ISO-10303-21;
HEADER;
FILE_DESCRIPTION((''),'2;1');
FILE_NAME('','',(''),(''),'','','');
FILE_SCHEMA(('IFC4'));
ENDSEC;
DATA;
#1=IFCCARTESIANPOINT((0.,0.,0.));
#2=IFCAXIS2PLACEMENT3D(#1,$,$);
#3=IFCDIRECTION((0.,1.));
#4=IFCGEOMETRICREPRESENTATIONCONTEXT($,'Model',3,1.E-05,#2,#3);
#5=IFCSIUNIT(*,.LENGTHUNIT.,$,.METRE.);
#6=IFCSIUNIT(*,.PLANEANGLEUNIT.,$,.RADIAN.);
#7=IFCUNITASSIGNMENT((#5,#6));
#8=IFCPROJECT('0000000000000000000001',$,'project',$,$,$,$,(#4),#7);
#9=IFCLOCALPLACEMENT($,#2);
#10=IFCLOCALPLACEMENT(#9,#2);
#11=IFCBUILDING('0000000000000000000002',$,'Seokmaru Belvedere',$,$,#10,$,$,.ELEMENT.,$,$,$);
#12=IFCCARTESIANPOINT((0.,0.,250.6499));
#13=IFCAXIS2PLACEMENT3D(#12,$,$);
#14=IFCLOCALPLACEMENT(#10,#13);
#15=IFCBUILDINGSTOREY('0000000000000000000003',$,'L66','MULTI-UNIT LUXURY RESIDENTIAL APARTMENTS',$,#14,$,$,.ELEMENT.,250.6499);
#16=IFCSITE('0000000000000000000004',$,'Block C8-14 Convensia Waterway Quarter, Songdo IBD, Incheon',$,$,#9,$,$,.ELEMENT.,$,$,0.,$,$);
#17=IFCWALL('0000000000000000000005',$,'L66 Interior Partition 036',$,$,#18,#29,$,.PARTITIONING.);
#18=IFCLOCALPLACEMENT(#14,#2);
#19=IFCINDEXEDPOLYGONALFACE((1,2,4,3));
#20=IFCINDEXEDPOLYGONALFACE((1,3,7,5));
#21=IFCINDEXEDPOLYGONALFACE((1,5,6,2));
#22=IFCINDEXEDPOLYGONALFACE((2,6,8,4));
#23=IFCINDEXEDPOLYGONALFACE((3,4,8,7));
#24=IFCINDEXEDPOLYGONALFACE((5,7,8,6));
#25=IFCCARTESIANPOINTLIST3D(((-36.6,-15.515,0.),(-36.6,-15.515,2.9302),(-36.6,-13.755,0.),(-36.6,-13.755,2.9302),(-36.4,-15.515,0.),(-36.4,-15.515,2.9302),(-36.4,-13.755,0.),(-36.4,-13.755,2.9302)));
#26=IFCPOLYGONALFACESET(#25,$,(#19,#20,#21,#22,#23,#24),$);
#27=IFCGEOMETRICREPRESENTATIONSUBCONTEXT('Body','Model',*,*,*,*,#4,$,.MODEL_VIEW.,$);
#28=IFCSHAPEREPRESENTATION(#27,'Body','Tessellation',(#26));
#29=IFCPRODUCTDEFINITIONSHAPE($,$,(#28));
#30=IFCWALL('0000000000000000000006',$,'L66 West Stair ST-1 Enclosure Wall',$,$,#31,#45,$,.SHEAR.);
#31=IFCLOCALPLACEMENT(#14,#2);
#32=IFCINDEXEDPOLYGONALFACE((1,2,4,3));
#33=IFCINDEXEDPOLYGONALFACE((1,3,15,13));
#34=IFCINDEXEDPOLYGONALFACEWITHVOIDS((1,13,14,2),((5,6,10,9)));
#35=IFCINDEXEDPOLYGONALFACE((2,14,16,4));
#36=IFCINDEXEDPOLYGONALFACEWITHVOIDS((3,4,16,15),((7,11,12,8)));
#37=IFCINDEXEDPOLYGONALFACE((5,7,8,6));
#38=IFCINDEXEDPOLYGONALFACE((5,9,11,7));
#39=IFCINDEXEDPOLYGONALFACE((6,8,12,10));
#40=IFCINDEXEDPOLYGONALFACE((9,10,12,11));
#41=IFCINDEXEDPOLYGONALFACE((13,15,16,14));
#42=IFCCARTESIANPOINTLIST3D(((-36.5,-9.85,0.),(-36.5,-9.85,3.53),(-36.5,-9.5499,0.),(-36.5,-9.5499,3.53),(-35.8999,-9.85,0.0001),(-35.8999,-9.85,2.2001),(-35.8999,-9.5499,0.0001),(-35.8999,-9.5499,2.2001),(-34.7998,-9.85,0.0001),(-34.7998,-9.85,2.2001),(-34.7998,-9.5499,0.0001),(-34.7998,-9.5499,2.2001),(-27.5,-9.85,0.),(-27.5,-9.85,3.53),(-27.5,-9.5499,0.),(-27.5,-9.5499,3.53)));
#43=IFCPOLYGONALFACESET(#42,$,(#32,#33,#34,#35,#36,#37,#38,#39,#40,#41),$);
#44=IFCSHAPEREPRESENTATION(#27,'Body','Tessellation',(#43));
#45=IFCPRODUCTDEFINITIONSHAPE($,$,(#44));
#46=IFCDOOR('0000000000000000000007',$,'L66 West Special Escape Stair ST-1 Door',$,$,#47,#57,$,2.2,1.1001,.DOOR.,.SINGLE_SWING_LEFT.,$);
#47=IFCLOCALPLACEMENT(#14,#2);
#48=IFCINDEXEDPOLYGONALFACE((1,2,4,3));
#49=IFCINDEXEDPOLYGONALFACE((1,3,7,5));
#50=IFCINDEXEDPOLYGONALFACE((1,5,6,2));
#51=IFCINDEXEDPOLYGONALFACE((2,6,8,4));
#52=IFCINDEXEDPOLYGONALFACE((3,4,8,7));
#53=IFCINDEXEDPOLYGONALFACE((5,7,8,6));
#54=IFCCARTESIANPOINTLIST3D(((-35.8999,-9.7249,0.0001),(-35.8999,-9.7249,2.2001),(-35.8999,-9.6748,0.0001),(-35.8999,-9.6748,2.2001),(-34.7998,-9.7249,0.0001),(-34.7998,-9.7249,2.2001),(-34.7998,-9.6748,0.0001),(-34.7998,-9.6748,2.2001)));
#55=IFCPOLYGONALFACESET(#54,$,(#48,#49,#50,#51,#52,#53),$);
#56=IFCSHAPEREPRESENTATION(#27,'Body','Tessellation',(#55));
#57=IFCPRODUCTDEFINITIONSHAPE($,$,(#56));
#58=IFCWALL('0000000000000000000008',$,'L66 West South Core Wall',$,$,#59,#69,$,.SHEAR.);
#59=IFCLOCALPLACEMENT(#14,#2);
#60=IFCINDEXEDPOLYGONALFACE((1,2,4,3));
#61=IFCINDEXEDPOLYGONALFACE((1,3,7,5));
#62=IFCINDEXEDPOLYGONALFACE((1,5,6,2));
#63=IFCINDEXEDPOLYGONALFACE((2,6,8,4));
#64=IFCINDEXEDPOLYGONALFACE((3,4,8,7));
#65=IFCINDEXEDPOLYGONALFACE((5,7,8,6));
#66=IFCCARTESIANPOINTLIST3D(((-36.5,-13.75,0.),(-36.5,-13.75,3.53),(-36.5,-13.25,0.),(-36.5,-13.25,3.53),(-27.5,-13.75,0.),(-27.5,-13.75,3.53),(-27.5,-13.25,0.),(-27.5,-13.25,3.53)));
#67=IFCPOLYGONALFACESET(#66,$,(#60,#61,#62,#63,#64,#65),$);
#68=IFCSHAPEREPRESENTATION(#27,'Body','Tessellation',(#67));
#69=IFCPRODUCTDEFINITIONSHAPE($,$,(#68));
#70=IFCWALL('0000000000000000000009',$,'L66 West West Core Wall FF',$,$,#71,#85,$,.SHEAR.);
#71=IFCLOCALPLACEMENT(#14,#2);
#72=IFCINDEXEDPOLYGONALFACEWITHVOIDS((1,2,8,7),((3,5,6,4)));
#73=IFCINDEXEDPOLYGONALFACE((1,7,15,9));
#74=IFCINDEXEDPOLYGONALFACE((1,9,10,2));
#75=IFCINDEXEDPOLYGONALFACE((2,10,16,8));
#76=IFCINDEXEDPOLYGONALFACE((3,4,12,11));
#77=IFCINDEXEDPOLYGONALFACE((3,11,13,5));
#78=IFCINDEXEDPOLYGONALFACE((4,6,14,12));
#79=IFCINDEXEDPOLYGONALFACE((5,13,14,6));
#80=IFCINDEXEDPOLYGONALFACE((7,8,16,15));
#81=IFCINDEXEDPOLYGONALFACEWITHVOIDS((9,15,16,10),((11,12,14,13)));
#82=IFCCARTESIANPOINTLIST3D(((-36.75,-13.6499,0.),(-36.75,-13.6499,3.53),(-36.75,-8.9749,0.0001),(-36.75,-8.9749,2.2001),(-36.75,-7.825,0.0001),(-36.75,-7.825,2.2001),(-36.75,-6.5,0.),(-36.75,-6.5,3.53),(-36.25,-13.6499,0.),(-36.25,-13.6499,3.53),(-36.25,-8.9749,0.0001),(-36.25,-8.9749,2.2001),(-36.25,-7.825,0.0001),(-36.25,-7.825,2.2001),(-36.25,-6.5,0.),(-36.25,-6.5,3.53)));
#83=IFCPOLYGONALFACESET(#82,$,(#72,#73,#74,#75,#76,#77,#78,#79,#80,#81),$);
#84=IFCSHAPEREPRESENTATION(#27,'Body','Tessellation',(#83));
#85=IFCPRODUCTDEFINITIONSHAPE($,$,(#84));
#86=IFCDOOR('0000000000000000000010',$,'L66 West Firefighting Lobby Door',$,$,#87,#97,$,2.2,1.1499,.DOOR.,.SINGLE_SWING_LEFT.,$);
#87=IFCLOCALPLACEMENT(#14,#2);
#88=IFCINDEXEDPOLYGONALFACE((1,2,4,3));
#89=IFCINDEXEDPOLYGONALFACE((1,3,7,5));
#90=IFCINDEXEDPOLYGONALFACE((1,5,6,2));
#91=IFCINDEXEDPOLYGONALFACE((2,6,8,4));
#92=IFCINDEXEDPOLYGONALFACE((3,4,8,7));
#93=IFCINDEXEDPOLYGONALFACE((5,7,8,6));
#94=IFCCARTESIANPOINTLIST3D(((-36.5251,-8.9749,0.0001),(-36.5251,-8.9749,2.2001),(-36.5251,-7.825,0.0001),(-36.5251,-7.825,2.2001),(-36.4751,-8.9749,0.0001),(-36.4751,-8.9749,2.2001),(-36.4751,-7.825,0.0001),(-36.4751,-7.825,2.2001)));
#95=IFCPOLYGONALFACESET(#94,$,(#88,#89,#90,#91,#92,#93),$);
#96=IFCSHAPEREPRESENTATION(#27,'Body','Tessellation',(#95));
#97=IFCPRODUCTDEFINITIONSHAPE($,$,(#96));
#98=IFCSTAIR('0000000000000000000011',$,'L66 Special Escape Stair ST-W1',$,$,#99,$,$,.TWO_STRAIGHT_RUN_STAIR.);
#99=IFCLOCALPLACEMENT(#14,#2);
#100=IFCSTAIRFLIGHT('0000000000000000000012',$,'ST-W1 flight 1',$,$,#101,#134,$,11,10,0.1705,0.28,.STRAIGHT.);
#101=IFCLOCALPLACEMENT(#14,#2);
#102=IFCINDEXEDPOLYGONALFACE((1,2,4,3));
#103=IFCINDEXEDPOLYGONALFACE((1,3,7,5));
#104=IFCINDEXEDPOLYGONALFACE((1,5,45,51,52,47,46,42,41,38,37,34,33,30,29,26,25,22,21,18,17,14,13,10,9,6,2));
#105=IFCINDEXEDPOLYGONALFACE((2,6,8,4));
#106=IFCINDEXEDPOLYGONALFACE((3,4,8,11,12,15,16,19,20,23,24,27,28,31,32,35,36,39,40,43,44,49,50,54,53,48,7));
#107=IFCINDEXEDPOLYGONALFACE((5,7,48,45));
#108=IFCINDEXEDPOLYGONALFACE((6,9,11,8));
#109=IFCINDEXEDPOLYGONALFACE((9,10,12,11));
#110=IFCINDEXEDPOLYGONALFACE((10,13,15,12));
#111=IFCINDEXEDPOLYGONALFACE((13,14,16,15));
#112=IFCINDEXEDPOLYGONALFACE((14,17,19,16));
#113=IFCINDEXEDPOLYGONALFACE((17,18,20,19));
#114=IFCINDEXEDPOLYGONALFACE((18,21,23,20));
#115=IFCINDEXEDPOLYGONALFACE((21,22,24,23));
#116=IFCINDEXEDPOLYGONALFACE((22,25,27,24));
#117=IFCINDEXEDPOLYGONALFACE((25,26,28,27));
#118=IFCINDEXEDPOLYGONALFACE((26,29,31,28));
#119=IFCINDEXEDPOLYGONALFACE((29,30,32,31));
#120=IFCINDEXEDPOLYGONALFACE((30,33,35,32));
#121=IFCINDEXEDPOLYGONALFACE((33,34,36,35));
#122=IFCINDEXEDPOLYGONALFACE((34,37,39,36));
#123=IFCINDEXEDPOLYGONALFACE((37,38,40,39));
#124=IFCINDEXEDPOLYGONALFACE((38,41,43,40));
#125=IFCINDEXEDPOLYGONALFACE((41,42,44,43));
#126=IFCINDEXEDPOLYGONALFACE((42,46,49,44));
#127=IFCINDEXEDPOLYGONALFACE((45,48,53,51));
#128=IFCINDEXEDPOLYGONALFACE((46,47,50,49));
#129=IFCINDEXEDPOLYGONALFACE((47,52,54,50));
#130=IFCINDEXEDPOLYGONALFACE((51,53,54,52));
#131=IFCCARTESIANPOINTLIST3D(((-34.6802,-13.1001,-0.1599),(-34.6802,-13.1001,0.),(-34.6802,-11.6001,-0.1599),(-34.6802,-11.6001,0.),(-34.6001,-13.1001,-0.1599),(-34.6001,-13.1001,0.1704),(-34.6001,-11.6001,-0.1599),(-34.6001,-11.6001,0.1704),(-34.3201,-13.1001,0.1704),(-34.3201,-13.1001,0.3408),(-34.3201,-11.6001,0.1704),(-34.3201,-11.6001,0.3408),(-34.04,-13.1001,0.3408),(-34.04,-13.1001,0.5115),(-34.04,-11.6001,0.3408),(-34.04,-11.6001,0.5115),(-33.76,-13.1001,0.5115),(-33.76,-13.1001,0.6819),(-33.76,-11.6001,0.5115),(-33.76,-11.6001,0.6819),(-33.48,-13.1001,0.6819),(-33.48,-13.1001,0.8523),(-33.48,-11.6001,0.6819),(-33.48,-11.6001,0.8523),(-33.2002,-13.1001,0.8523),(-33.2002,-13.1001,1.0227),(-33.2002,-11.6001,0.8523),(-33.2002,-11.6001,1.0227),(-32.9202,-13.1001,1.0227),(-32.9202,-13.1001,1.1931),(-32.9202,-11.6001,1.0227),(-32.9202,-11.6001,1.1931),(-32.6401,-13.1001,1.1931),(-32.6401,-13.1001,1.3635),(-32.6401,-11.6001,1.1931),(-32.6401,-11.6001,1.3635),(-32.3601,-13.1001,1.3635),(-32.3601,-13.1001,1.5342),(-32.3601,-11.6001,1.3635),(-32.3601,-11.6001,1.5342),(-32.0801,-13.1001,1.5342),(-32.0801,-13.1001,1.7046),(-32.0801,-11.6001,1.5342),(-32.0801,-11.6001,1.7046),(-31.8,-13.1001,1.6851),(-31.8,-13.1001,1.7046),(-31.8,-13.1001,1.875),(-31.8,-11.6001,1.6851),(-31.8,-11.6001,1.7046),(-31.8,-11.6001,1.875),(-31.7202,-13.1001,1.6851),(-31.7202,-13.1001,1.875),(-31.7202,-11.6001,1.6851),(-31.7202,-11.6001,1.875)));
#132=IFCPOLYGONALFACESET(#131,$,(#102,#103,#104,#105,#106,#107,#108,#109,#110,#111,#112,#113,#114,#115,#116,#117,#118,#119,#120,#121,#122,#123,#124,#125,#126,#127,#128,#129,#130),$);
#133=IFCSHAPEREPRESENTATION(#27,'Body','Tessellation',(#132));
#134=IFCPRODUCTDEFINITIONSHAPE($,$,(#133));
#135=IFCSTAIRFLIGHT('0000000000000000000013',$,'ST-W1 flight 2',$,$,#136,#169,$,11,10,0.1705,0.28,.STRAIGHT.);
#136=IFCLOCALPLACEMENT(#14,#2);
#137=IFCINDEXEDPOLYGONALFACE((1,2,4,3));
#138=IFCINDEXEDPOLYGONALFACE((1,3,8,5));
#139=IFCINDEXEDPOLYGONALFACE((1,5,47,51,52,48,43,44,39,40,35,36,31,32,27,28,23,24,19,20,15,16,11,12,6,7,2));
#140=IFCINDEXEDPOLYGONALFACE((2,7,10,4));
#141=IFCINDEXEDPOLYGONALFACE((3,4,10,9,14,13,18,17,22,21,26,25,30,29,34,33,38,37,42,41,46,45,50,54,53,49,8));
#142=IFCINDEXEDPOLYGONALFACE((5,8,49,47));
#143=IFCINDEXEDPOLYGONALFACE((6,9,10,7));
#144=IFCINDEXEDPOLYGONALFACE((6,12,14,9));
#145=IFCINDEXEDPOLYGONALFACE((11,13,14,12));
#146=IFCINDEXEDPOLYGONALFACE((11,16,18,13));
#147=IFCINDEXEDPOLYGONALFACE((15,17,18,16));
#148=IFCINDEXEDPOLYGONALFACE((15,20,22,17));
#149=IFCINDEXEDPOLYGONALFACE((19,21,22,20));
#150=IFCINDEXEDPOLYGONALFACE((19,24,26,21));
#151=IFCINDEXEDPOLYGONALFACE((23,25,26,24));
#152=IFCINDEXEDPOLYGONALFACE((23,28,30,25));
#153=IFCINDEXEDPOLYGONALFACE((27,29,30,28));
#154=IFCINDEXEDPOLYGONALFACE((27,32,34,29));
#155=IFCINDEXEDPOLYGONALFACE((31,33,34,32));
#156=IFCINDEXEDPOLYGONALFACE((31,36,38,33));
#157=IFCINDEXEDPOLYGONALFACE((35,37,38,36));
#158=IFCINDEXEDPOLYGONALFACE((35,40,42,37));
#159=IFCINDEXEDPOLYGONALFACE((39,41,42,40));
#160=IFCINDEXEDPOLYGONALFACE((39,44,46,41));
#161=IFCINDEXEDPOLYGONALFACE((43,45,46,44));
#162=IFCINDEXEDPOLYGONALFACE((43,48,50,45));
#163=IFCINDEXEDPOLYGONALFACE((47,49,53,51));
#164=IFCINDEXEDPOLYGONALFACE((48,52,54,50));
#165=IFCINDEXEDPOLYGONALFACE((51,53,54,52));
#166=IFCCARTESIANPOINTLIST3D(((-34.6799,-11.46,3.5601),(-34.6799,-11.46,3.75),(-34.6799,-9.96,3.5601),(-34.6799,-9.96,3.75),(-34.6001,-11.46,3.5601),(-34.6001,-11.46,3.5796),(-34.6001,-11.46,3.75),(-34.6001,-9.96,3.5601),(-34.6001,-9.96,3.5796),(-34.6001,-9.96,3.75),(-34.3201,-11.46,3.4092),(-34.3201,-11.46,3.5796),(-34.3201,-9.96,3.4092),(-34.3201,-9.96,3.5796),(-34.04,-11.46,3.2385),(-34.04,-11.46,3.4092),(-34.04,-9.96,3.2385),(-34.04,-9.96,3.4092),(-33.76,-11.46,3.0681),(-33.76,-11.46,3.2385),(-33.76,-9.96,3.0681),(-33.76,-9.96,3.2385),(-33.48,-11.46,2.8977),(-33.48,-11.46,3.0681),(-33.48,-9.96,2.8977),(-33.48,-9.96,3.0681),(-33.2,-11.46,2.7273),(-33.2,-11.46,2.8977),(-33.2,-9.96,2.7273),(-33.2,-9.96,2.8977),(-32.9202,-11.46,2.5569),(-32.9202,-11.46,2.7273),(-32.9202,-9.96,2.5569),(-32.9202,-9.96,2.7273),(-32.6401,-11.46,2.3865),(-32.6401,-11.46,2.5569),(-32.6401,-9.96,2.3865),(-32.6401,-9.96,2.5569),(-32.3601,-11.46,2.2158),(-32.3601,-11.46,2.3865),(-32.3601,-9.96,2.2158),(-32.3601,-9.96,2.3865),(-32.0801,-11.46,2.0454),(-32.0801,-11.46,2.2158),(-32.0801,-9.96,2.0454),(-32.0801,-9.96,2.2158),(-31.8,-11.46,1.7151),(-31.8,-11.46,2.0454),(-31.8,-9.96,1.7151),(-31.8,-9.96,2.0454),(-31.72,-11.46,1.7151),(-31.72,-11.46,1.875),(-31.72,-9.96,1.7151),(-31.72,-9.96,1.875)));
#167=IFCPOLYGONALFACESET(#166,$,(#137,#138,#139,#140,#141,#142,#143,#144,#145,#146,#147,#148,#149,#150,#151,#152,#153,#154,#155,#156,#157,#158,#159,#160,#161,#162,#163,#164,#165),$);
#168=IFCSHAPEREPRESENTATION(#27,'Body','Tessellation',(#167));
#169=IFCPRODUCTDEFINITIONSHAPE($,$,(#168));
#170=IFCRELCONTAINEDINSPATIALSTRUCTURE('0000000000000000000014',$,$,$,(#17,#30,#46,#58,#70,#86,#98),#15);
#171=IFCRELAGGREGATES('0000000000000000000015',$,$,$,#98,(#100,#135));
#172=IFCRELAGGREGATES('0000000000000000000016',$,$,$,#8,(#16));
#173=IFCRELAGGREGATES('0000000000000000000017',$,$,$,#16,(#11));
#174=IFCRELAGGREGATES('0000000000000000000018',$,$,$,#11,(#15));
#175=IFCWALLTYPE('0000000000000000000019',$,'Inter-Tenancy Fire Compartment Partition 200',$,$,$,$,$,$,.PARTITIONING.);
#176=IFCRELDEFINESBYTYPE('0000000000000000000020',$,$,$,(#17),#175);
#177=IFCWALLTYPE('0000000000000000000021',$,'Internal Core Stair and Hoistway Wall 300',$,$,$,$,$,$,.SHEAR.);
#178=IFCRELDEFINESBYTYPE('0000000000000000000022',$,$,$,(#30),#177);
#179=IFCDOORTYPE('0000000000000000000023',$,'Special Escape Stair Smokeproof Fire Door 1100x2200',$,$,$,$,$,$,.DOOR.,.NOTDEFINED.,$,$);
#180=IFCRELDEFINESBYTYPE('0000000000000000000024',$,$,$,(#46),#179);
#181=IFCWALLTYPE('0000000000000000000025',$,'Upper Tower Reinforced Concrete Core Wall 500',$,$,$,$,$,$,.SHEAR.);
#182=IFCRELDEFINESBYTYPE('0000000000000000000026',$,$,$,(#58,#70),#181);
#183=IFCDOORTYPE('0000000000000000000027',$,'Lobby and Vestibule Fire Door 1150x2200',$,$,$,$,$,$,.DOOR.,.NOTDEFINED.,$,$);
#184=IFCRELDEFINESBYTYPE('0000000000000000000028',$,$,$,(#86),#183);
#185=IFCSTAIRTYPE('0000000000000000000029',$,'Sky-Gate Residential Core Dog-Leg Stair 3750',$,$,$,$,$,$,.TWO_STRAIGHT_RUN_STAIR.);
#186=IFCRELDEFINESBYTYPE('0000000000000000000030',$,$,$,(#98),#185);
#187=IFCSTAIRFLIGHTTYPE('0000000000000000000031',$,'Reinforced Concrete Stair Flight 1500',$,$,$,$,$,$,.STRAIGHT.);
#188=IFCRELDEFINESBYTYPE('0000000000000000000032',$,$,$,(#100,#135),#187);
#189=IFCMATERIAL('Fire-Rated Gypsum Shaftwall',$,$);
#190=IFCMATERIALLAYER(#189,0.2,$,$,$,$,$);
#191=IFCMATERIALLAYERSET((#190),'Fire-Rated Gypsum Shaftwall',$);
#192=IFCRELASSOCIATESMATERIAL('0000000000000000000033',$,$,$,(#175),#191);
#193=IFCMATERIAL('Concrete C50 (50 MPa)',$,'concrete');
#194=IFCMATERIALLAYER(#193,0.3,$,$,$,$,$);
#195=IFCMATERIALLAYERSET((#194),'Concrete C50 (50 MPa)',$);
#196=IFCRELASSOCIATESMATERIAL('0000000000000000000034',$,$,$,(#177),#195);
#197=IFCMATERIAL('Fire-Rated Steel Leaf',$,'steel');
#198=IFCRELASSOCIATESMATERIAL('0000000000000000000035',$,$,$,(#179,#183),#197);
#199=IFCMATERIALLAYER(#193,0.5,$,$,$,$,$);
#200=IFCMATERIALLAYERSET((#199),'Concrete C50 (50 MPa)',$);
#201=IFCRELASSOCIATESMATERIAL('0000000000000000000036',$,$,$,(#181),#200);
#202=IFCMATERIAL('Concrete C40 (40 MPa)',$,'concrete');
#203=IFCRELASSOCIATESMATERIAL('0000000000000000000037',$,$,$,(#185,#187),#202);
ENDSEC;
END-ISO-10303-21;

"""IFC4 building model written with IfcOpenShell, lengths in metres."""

from ifc_helpers import new_model, si_unit, direction, frame, frame_2d, origin, place, context, subcontext, project, spatial, polyline, rectangle, outline, extrude, source, transform, mapped, material, layer, layer_set, type_object, type_shapes, element, fill, aggregate, save


model = new_model("IFC4")

# Units and contexts
model_context = context("Model", 3, precision=1e-05, world=origin(), true_north=direction((0.0, 1.0)))
body_context = subcontext(model_context, "Body", "Model", "MODEL_VIEW")
ifc_project = project(units=[si_unit("LENGTHUNIT", "METRE"), si_unit("PLANEANGLEUNIT", "RADIAN")], contexts=[model_context])

# Site, building, storey
site_placement = place(None, origin())
site = spatial("IfcSite", under=ifc_project, at=site_placement, Name="Block C8-14 Convensia Waterway Quarter, Songdo IBD, Incheon", CompositionType="ELEMENT", RefElevation=0.0)
building_placement = place(site_placement, origin())
building = spatial("IfcBuilding", under=site, at=building_placement, Name="Seokmaru Belvedere", CompositionType="ELEMENT")
storey_placement = place(building_placement, frame((0.0, 0.0, 250.6499)))
storey = spatial("IfcBuildingStorey", under=building, at=storey_placement, Name="L66", Description="MULTI-UNIT LUXURY RESIDENTIAL APARTMENTS", CompositionType="ELEMENT", Elevation=250.6499)

# Wall
ifc_material_1 = material(Name="Fire-Rated Gypsum Shaftwall")
ifc_layer_1 = layer(ifc_material_1, 0.2)
ifc_layer_set_1 = layer_set([ifc_layer_1], Name="Fire-Rated Gypsum Shaftwall")
wall_type_1 = type_object("IfcWallType", Name="Inter-Tenancy Fire Compartment Partition 200", PredefinedType="PARTITIONING", material=ifc_layer_set_1)
wall_1_placement = place(storey_placement, frame((-36.5, -15.5149, 0.0), z_axis=(0.0, 0.0, 1.0), x_axis=(0.0, 1.0, 0.0)))
element("IfcWall", 1, at=wall_1_placement, inside=storey, type_object=wall_type_1, Name="L66 Interior Partition 036", PredefinedType="PARTITIONING", context=body_context, shape_type="SweptSolid", body=[
    extrude(rectangle(XDim=1.76, YDim=0.2, at=frame_2d((0.8799, 0.0))), origin(), (0.0, 0.0, 1.0), 2.9302),
])

# Wall, opening, door
ifc_material_2 = material(Name="Concrete C50 (50 MPa)", Category="concrete")
ifc_layer_2 = layer(ifc_material_2, 0.3)
ifc_layer_set_2 = layer_set([ifc_layer_2], Name="Concrete C50 (50 MPa)")
wall_type_2 = type_object("IfcWallType", Name="Internal Core Stair and Hoistway Wall 300", PredefinedType="SHEAR", material=ifc_layer_set_2)
wall_2_placement = place(storey_placement, frame((-36.5, -9.7, 0.0), z_axis=(0.0, 0.0, 1.0), x_axis=(1.0, 0.0, 0.0)))
wall_2 = element("IfcWall", 2, at=wall_2_placement, inside=storey, type_object=wall_type_2, Name="L66 West Stair ST-1 Enclosure Wall", PredefinedType="SHEAR", context=body_context, shape_type="SweptSolid", body=[
    extrude(rectangle(XDim=9.0, YDim=0.3, at=frame_2d((4.5, 0.0))), origin(), (0.0, 0.0, 1.0), 3.53),
])
opening_1_placement = place(wall_2_placement, frame((0.6001, 0.0, 0.0)))
opening_1 = element("IfcOpeningElement", 3, at=opening_1_placement, cuts=wall_2, PredefinedType="OPENING", context=body_context, shape_type="SweptSolid", body=[
    extrude(rectangle(XDim=1.1001, YDim=2.2, at=frame_2d((0.55, 1.1001))), frame((0.0, 0.1602, 0.0), z_axis=(0.0, -1.0, 0.0), x_axis=(1.0, 0.0, 0.0)), (0.0, 0.0, 1.0), 0.3201),
])
ifc_material_3 = material(Name="Fire-Rated Steel Leaf", Category="steel")
door_type_1 = type_object("IfcDoorType", Name="Special Escape Stair Smokeproof Fire Door 1100x2200", OperationType="NOTDEFINED", PredefinedType="DOOR", material=ifc_material_3)
shared_shape_1 = source(origin(), body_context, "Body", "SweptSolid", [
    extrude(rectangle(XDim=1.1001, YDim=2.2, at=frame_2d((0.55, 1.1001))), frame((0.0, 0.0249, 0.0), z_axis=(0.0, -1.0, 0.0), x_axis=(1.0, 0.0, 0.0)), (0.0, 0.0, 1.0), 0.05),
])
type_shapes(door_type_1, [shared_shape_1])
door_1_placement = place(opening_1_placement, frame((1.1001, 0.0, 0.0), z_axis=(0.0, 0.0, 1.0), x_axis=(-1.0, 0.0, 0.0)))
door_1 = element("IfcDoor", 4, at=door_1_placement, inside=storey, type_object=door_type_1, Name="L66 West Special Escape Stair ST-1 Door", OperationType="SINGLE_SWING_LEFT", OverallHeight=2.2, OverallWidth=1.1001, PredefinedType="DOOR", context=body_context, shape_type="MappedRepresentation", body=[
    mapped(shared_shape_1, transform((0.0, 0.0, 0.0), scale=1.0)),
])
fill(opening_1, door_1)

# Wall
ifc_layer_3 = layer(ifc_material_2, 0.5)
ifc_layer_set_3 = layer_set([ifc_layer_3], Name="Concrete C50 (50 MPa)")
wall_type_3 = type_object("IfcWallType", Name="Upper Tower Reinforced Concrete Core Wall 500", PredefinedType="SHEAR", material=ifc_layer_set_3)
wall_3_placement = place(storey_placement, frame((-36.5, -13.5, 0.0), z_axis=(0.0, 0.0, 1.0), x_axis=(1.0, 0.0, 0.0)))
element("IfcWall", 5, at=wall_3_placement, inside=storey, type_object=wall_type_3, Name="L66 West South Core Wall", PredefinedType="SHEAR", context=body_context, shape_type="SweptSolid", body=[
    extrude(rectangle(XDim=9.0, YDim=0.5, at=frame_2d((4.5, 0.0))), origin(), (0.0, 0.0, 1.0), 3.53),
])

# Wall, opening, door
wall_4_placement = place(storey_placement, frame((-36.5, -13.6499, 0.0), z_axis=(0.0, 0.0, 1.0), x_axis=(0.0, 1.0, 0.0)))
wall_4 = element("IfcWall", 6, at=wall_4_placement, inside=storey, type_object=wall_type_3, Name="L66 West West Core Wall FF", PredefinedType="SHEAR", context=body_context, shape_type="SweptSolid", body=[
    extrude(rectangle(XDim=7.1499, YDim=0.5, at=frame_2d((3.575, 0.0))), origin(), (0.0, 0.0, 1.0), 3.53),
])
opening_2_placement = place(wall_4_placement, frame((4.675, 0.0, 0.0)))
opening_2 = element("IfcOpeningElement", 7, at=opening_2_placement, cuts=wall_4, PredefinedType="OPENING", context=body_context, shape_type="SweptSolid", body=[
    extrude(rectangle(XDim=1.1499, YDim=2.2, at=frame_2d((0.575, 1.1001))), frame((0.0, 0.26, 0.0), z_axis=(0.0, -1.0, 0.0), x_axis=(1.0, 0.0, 0.0)), (0.0, 0.0, 1.0), 0.52),
])
door_type_2 = type_object("IfcDoorType", Name="Lobby and Vestibule Fire Door 1150x2200", OperationType="NOTDEFINED", PredefinedType="DOOR", material=ifc_material_3)
shared_shape_2 = source(origin(), body_context, "Body", "SweptSolid", [
    extrude(rectangle(XDim=1.1499, YDim=2.2, at=frame_2d((0.575, 1.1001))), frame((0.0, 0.0249, 0.0), z_axis=(0.0, -1.0, 0.0), x_axis=(1.0, 0.0, 0.0)), (0.0, 0.0, 1.0), 0.05),
])
type_shapes(door_type_2, [shared_shape_2])
door_2_placement = place(opening_2_placement, frame((1.1499, 0.0, 0.0), z_axis=(0.0, 0.0, 1.0), x_axis=(-1.0, 0.0, 0.0)))
door_2 = element("IfcDoor", 8, at=door_2_placement, inside=storey, type_object=door_type_2, Name="L66 West Firefighting Lobby Door", OperationType="SINGLE_SWING_LEFT", OverallHeight=2.2, OverallWidth=1.1499, PredefinedType="DOOR", context=body_context, shape_type="MappedRepresentation", body=[
    mapped(shared_shape_2, transform((0.0, 0.0, 0.0), scale=1.0)),
])
fill(opening_2, door_2)

# Stair, stair flights
ifc_material_4 = material(Name="Concrete C40 (40 MPa)", Category="concrete")
stair_type = type_object("IfcStairType", Name="Sky-Gate Residential Core Dog-Leg Stair 3750", PredefinedType="TWO_STRAIGHT_RUN_STAIR", material=ifc_material_4)
stair_placement = place(storey_placement, origin())
stair = element("IfcStair", 9, at=stair_placement, inside=storey, type_object=stair_type, Name="L66 Special Escape Stair ST-W1", PredefinedType="TWO_STRAIGHT_RUN_STAIR")
stair_flight_type = type_object("IfcStairFlightType", Name="Reinforced Concrete Stair Flight 1500", PredefinedType="STRAIGHT", material=ifc_material_4)
stair_flight_1_placement = place(storey_placement, frame((-34.6001, -12.3501, 0.0), z_axis=(0.0, 0.0, 1.0), x_axis=(1.0, 0.0, 0.0)))
stair_flight_1 = element("IfcStairFlight", 10, at=stair_flight_1_placement, type_object=stair_flight_type, Name="ST-W1 flight 1", NumberOfRisers=11, NumberOfTreads=10, PredefinedType="STRAIGHT", RiserHeight=0.1705, TreadLength=0.28, context=body_context, shape_type="SweptSolid", body=[
    extrude(outline(polyline([(-0.0801, 0.0), (0.0, 0.1704), (0.28, 0.1704), (0.28, 0.3408), (0.5601, 0.3408), (0.5601, 0.5115), (0.8401, 0.5115), (0.8401, 0.6819), (1.1201, 0.6819), (1.1201, 0.8523), (1.3999, 0.8523), (1.3999, 1.0227), (1.6799, 1.0227), (1.6799, 1.1931), (1.96, 1.1931), (1.96, 1.3635), (2.24, 1.3635), (2.24, 1.5342), (2.52, 1.5342), (2.52, 1.7046), (2.8, 1.7046), (2.8, 1.875), (2.8799, 1.875), (2.8799, 1.6851), (2.8, 1.6851), (0.0, -0.1599), (-0.0801, -0.1599), (-0.0801, 0.0)])), frame((0.0, 0.75, 0.0), z_axis=(0.0, -1.0, 0.0), x_axis=(1.0, 0.0, 0.0)), (0.0, 0.0, 1.0), 1.5),
])
stair_flight_2_placement = place(storey_placement, frame((-31.8, -10.71, 1.875), z_axis=(0.0, 0.0, 1.0), x_axis=(-1.0, 0.0, 0.0)))
stair_flight_2 = element("IfcStairFlight", 11, at=stair_flight_2_placement, type_object=stair_flight_type, Name="ST-W1 flight 2", NumberOfRisers=11, NumberOfTreads=10, PredefinedType="STRAIGHT", RiserHeight=0.1705, TreadLength=0.28, context=body_context, shape_type="SweptSolid", body=[
    extrude(outline(polyline([(-0.0801, 0.0), (0.0, 0.1704), (0.28, 0.1704), (0.28, 0.3408), (0.5601, 0.3408), (0.5601, 0.5115), (0.8401, 0.5115), (0.8401, 0.6819), (1.1201, 0.6819), (1.1201, 0.8523), (1.3999, 0.8523), (1.3999, 1.0227), (1.6799, 1.0227), (1.6799, 1.1931), (1.96, 1.1931), (1.96, 1.3635), (2.24, 1.3635), (2.24, 1.5342), (2.52, 1.5342), (2.52, 1.7046), (2.8, 1.7046), (2.8, 1.875), (2.8799, 1.875), (2.8799, 1.6851), (2.8, 1.6851), (0.0, -0.1599), (-0.0801, -0.1599), (-0.0801, 0.0)])), frame((0.0, 0.75, 0.0), z_axis=(0.0, -1.0, 0.0), x_axis=(1.0, 0.0, 0.0)), (0.0, 0.0, 1.0), 1.5),
])
aggregate(stair, [stair_flight_1, stair_flight_2])

save(model, "model.ifc")
